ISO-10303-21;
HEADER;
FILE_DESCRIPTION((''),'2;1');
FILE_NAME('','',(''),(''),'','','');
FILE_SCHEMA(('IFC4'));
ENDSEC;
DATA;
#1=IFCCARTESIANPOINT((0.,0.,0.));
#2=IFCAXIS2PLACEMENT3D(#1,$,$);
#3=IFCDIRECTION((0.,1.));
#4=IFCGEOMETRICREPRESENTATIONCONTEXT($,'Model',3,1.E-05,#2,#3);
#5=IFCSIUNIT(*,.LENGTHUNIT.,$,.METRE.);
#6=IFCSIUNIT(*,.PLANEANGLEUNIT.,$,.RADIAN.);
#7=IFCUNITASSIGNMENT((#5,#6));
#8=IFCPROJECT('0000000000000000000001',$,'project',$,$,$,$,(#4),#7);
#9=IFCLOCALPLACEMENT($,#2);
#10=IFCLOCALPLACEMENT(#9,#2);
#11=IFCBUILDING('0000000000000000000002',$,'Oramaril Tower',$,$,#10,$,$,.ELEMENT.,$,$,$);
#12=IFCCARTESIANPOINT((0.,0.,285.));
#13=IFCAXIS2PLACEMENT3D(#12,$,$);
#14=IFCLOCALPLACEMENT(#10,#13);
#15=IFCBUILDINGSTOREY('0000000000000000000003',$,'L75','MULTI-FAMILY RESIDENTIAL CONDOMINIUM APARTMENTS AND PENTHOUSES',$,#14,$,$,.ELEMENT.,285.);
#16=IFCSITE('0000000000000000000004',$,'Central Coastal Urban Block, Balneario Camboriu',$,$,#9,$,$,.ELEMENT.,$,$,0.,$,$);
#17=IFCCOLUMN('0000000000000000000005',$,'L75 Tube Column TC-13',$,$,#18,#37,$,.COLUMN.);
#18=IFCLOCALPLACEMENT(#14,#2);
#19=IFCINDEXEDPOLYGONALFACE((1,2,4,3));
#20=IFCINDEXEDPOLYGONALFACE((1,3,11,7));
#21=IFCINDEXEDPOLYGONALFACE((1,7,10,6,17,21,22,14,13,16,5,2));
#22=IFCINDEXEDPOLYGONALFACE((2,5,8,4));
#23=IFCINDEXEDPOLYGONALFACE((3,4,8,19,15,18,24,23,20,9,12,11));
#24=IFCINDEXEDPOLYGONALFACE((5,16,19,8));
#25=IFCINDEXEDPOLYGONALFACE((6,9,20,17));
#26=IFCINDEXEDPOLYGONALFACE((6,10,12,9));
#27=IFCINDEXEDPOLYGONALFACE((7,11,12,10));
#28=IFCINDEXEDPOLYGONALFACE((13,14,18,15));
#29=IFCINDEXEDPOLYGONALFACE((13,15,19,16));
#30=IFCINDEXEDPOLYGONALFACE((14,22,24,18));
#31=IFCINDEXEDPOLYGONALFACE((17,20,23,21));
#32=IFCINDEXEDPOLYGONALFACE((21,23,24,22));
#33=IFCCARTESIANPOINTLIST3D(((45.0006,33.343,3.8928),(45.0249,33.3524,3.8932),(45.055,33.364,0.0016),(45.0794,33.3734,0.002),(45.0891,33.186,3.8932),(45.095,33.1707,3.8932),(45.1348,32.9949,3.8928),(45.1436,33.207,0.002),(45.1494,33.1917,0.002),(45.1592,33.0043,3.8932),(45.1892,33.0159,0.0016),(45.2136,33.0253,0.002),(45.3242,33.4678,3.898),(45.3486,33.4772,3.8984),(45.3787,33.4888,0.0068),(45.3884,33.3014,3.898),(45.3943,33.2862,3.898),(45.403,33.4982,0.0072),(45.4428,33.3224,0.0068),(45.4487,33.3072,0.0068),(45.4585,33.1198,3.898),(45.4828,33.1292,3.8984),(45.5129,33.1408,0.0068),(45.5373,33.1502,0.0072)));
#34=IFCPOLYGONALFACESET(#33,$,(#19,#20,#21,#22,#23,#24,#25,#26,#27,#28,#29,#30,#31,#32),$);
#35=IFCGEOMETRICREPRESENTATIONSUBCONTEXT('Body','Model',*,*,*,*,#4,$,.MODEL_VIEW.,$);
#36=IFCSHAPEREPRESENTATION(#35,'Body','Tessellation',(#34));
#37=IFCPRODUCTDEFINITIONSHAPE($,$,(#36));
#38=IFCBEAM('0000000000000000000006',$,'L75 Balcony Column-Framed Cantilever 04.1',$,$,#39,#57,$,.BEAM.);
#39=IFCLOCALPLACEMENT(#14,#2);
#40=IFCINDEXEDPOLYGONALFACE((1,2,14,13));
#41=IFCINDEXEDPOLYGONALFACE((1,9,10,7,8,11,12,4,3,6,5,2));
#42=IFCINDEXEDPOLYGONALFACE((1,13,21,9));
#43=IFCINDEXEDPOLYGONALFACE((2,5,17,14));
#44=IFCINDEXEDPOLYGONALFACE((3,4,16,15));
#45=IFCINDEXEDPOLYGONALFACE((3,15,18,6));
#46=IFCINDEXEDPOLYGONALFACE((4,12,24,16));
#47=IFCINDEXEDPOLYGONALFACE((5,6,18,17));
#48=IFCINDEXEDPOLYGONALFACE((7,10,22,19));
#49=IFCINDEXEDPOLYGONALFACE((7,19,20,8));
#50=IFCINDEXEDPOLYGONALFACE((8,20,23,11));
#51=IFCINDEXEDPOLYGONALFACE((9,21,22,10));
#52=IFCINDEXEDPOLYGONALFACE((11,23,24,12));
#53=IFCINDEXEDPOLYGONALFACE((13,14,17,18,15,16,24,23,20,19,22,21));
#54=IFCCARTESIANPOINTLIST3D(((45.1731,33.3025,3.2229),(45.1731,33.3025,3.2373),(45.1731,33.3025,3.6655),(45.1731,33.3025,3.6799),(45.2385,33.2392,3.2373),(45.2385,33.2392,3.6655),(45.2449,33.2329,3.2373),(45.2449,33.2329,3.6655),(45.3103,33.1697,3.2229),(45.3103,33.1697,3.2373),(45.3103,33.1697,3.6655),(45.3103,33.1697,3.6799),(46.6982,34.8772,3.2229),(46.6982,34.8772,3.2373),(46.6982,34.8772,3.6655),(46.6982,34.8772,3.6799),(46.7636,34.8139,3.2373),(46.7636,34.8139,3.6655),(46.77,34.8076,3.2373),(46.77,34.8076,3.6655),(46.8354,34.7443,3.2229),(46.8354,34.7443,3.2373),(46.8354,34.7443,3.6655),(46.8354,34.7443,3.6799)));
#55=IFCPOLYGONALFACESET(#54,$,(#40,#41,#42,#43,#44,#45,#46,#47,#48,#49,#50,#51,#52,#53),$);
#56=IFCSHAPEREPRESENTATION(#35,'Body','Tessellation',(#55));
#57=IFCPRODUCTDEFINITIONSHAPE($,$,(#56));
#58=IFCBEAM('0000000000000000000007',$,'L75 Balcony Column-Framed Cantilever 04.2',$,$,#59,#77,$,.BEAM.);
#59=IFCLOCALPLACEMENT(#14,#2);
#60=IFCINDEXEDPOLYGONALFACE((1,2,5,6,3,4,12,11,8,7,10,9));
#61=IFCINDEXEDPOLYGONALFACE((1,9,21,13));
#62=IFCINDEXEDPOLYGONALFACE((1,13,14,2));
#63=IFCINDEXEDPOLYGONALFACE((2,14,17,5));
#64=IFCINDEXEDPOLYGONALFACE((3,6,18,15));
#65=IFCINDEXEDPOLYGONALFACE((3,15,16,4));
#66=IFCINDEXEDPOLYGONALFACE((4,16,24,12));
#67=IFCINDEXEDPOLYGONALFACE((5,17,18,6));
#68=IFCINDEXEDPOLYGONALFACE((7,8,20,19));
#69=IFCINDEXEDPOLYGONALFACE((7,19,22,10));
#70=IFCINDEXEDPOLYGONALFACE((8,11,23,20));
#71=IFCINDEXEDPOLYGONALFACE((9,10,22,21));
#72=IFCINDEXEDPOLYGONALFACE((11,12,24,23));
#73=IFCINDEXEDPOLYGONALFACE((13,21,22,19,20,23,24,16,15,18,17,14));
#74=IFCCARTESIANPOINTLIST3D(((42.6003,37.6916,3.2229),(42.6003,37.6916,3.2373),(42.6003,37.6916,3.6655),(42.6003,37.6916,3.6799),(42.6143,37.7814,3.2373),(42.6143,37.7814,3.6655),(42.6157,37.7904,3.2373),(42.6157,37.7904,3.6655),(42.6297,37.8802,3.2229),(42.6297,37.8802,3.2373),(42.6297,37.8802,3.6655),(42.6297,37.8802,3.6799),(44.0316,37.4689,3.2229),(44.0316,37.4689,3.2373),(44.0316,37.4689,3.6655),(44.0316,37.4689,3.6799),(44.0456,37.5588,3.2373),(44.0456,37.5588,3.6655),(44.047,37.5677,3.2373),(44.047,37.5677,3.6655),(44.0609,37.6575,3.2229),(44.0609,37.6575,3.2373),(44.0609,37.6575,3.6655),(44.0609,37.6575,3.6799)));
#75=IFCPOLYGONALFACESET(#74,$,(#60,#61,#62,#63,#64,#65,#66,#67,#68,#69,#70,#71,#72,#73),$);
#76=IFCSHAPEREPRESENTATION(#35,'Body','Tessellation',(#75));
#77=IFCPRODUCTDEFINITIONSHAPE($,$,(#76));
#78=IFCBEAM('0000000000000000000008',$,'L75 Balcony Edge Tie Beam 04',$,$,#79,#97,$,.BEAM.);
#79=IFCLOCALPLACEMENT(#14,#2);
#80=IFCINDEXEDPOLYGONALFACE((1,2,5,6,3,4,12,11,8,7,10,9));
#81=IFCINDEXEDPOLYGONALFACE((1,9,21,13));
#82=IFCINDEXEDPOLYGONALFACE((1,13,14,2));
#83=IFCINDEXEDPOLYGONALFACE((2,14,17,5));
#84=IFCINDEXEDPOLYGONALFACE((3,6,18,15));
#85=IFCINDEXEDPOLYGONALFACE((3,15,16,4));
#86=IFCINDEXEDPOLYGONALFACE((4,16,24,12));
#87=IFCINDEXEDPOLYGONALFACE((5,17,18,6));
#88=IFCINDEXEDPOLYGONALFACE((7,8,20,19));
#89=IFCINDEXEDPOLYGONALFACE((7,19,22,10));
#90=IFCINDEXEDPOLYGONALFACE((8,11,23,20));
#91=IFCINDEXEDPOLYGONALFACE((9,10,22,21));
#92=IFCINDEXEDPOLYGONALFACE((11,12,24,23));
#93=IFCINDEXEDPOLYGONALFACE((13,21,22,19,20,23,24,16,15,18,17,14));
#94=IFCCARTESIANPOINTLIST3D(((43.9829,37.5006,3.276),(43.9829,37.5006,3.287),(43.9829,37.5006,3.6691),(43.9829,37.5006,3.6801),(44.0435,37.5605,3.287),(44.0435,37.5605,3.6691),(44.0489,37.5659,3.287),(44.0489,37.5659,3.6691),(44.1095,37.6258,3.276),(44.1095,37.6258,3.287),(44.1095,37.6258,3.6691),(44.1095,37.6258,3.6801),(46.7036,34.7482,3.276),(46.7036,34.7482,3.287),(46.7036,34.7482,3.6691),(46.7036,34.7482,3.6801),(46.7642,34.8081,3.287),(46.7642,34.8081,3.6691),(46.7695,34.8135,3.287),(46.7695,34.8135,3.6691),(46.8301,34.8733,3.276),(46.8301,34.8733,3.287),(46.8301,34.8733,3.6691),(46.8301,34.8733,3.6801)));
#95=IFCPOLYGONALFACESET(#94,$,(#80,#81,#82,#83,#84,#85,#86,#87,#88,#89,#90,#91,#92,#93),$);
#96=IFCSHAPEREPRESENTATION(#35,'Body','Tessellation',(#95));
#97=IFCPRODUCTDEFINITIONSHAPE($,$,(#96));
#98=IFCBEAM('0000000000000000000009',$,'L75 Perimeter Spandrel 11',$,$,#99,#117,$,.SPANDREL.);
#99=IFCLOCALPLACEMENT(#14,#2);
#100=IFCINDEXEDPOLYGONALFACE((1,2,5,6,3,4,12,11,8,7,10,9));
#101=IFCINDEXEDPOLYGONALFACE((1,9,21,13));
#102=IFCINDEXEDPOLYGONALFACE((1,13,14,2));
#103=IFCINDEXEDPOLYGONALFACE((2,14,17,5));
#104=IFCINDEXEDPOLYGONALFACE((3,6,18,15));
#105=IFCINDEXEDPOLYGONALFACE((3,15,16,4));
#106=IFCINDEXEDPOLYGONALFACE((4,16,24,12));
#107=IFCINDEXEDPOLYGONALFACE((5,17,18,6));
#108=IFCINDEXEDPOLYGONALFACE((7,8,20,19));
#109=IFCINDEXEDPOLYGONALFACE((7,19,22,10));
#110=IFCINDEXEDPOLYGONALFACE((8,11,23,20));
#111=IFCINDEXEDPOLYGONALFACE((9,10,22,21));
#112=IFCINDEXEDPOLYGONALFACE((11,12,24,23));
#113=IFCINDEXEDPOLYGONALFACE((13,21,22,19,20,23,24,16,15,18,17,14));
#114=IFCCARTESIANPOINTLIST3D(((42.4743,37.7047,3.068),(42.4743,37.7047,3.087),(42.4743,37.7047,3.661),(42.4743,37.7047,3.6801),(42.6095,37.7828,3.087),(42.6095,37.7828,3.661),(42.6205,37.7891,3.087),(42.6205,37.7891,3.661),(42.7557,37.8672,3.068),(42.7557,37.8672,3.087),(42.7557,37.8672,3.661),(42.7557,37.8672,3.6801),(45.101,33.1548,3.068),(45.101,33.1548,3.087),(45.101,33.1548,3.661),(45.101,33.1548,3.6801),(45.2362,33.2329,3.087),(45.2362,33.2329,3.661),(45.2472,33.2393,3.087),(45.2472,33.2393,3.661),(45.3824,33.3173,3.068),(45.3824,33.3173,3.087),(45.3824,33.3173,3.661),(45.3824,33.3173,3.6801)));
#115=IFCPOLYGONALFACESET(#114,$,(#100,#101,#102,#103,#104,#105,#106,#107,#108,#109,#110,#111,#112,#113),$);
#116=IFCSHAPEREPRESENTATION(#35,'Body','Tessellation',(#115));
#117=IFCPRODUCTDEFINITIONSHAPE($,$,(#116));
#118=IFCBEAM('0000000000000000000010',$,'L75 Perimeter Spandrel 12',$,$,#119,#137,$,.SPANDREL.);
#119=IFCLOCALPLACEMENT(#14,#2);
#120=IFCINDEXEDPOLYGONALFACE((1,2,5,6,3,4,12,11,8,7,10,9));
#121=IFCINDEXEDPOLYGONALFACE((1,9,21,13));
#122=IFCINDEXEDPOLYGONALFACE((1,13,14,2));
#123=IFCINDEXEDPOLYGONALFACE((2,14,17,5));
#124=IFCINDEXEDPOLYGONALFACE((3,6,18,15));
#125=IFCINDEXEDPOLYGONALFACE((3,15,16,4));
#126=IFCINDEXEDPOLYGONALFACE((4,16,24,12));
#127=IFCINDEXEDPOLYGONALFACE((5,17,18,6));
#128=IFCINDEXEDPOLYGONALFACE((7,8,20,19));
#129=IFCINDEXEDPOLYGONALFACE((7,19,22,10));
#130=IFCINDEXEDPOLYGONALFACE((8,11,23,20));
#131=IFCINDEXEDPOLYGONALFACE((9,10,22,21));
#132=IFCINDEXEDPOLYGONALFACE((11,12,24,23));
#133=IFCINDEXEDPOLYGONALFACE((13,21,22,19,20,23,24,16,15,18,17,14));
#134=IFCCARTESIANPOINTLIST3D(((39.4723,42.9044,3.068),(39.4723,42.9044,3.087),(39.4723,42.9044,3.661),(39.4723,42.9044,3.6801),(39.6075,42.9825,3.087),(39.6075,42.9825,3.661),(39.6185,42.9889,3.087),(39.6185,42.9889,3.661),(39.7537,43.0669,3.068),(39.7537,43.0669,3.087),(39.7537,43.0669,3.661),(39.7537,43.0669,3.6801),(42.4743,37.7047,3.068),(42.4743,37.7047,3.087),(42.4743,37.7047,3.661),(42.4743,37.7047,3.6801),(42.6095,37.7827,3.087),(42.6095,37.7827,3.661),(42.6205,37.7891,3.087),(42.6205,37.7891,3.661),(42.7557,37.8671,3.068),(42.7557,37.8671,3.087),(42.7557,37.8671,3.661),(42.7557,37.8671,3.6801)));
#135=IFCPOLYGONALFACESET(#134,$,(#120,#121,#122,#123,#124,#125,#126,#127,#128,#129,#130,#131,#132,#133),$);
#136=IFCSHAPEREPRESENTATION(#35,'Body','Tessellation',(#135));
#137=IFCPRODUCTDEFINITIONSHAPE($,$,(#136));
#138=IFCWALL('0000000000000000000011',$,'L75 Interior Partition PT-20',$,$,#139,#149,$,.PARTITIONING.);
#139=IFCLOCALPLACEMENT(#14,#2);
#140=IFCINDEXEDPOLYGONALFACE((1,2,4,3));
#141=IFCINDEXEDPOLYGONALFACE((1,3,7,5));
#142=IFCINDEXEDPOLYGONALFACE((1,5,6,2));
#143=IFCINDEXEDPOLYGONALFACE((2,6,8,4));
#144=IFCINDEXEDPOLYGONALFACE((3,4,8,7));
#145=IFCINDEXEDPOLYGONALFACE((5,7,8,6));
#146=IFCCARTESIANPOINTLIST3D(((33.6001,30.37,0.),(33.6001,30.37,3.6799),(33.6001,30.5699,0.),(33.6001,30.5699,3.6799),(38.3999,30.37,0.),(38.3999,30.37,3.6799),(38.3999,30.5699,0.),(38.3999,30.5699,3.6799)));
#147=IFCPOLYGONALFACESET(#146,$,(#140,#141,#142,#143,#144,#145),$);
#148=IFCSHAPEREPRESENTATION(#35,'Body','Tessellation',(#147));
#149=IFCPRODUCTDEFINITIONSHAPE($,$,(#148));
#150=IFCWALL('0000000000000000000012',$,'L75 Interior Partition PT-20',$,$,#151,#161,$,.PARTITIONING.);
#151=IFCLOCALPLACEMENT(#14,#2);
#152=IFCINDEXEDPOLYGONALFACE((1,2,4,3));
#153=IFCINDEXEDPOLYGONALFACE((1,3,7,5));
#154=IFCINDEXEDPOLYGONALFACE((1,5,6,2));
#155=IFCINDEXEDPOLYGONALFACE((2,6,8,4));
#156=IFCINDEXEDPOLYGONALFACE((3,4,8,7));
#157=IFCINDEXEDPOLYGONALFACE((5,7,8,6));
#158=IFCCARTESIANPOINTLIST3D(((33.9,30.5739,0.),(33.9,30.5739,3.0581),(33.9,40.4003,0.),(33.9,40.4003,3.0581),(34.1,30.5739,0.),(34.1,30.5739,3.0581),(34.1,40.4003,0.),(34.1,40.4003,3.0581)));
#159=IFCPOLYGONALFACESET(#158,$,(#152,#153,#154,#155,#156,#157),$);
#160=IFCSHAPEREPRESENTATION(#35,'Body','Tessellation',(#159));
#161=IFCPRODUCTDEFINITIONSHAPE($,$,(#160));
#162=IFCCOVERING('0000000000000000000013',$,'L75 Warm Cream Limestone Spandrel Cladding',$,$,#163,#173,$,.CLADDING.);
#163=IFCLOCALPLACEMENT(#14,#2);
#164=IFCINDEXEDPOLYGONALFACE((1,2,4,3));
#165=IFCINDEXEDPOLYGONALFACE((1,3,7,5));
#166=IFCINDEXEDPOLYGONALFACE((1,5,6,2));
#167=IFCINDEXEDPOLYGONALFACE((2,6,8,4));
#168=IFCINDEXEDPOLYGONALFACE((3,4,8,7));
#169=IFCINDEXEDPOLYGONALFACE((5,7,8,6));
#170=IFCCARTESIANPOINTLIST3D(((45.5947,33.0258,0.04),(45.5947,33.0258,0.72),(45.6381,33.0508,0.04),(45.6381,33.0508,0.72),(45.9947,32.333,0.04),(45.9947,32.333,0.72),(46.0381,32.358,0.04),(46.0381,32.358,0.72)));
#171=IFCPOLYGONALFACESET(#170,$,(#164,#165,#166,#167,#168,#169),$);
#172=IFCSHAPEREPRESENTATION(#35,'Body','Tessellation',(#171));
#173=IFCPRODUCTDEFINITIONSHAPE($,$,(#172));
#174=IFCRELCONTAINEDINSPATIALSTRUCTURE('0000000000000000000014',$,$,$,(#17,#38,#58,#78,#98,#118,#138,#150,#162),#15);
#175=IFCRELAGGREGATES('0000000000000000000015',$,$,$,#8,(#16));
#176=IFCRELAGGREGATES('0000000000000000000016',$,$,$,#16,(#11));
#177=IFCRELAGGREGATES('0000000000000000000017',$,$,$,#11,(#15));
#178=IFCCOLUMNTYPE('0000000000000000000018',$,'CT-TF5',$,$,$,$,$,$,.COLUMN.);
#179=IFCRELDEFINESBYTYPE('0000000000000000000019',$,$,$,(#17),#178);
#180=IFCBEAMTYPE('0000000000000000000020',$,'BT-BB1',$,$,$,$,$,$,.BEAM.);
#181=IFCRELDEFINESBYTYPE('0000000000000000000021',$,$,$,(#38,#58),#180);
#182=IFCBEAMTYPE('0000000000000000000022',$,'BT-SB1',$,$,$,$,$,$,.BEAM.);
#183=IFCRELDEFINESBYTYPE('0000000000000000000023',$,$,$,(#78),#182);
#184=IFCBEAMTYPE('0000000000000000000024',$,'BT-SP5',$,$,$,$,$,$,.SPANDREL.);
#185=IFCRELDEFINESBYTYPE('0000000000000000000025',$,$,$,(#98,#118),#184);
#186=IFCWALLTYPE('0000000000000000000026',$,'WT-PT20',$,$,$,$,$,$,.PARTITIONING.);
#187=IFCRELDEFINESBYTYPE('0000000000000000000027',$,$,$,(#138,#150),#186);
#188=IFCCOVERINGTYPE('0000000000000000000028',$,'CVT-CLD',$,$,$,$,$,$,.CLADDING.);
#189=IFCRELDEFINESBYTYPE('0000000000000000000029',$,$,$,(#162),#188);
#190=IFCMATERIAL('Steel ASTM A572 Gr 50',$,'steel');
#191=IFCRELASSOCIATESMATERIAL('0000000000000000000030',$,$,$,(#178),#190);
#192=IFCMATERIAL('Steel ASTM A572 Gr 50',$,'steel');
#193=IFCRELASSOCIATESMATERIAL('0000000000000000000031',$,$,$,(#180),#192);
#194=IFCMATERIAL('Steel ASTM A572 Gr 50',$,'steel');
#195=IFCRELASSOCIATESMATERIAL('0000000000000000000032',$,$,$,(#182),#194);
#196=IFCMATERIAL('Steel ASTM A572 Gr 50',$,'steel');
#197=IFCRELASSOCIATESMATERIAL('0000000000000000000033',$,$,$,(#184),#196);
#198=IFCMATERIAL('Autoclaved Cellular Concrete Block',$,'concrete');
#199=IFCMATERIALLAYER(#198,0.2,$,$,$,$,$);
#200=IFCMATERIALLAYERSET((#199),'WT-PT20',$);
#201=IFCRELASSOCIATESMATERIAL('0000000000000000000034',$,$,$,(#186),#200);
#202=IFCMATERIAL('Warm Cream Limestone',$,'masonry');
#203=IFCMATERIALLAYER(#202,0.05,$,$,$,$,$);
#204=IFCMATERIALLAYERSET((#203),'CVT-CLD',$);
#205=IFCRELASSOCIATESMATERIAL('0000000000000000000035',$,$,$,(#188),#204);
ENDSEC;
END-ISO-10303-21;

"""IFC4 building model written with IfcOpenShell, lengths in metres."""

from ifc_helpers import new_model, si_unit, direction, frame, frame_2d, origin, origin_2d, place, context, subcontext, project, spatial, rectangle, i_section, extrude, material, layer, layer_set, material_profile, profile_set, type_object, element, save


model = new_model("IFC4")

# Units and contexts
model_context = context("Model", 3, precision=1e-05, world=origin(), true_north=direction((0.0, 1.0)))
body_context = subcontext(model_context, "Body", "Model", "MODEL_VIEW")
ifc_project = project(units=[si_unit("LENGTHUNIT", "METRE"), si_unit("PLANEANGLEUNIT", "RADIAN")], contexts=[model_context])

# Site, building, storey
site_placement = place(None, origin())
site = spatial("IfcSite", under=ifc_project, at=site_placement, Name="Central Coastal Urban Block, Balneario Camboriu", CompositionType="ELEMENT", RefElevation=0.0)
building_placement = place(site_placement, origin())
building = spatial("IfcBuilding", under=site, at=building_placement, Name="Oramaril Tower", CompositionType="ELEMENT")
storey_placement = place(building_placement, frame((0.0, 0.0, 285.0)))
storey = spatial("IfcBuildingStorey", under=building, at=storey_placement, Name="L75", Description="MULTI-FAMILY RESIDENTIAL CONDOMINIUM APARTMENTS AND PENTHOUSES", CompositionType="ELEMENT", Elevation=285.0)

# Column
ifc_material_1 = material(Name="Steel ASTM A572 Gr 50", Category="steel")
ifc_material_profile_1 = material_profile(ifc_material_1, i_section(OverallWidth=0.373, OverallDepth=0.373, WebThickness=0.0164, FlangeThickness=0.0261, at=origin_2d()), Name="W14X132")
ifc_profile_set_1 = profile_set([ifc_material_profile_1], Name="Steel ASTM A572 Gr 50")
column_type = type_object("IfcColumnType", Name="CT-TF5", PredefinedType="COLUMN", material=ifc_profile_set_1)
column_placement = place(storey_placement, frame((45.2961, 33.2571, 0.0044), z_axis=(-0.01399, -0.005395, 0.999888), x_axis=(0.35982, -0.933022, 0.0)))
element("IfcColumn", 1, at=column_placement, inside=storey, type_object=column_type, Name="L75 Tube Column TC-13", PredefinedType="COLUMN", context=body_context, shape_type="SweptSolid", body=[
    extrude(i_section(OverallWidth=0.373, OverallDepth=0.373, WebThickness=0.0164, FlangeThickness=0.0261, at=origin_2d()), origin(), (0.0, 0.0, 1.0), 3.8916),
])

# Beams
ifc_material_2 = material(Name="Steel ASTM A572 Gr 50", Category="steel")
ifc_material_profile_2 = material_profile(ifc_material_2, i_section(OverallWidth=0.1909, OverallDepth=0.457, WebThickness=0.009, FlangeThickness=0.0144, at=origin_2d()), Name="W18X50")
ifc_profile_set_2 = profile_set([ifc_material_profile_2], Name="Steel ASTM A572 Gr 50")
beam_type_1 = type_object("IfcBeamType", Name="BT-BB1", PredefinedType="BEAM", material=ifc_profile_set_2)
beam_1_placement = place(storey_placement, frame((45.2417, 33.2361, 3.4514), z_axis=(0.695713, 0.71832, 0.0), x_axis=(-0.71832, 0.695713, 0.0)))
element("IfcBeam", 2, at=beam_1_placement, inside=storey, type_object=beam_type_1, Name="L75 Balcony Column-Framed Cantilever 04.1", PredefinedType="BEAM", context=body_context, shape_type="SweptSolid", body=[
    extrude(i_section(OverallWidth=0.1909, OverallDepth=0.457, WebThickness=0.009, FlangeThickness=0.0144, at=origin_2d()), origin(), (0.0, 0.0, 1.0), 2.1921),
])
beam_2_placement = place(storey_placement, frame((42.615, 37.7859, 3.4514), z_axis=(0.988113, -0.153729, 0.0), x_axis=(0.153729, 0.988113, 0.0)))
element("IfcBeam", 3, at=beam_2_placement, inside=storey, type_object=beam_type_1, Name="L75 Balcony Column-Framed Cantilever 04.2", PredefinedType="BEAM", context=body_context, shape_type="SweptSolid", body=[
    extrude(i_section(OverallWidth=0.1909, OverallDepth=0.457, WebThickness=0.009, FlangeThickness=0.0144, at=origin_2d()), origin(), (0.0, 0.0, 1.0), 1.4485),
])
ifc_material_3 = material(Name="Steel ASTM A572 Gr 50", Category="steel")
ifc_material_profile_3 = material_profile(ifc_material_3, i_section(OverallWidth=0.178, OverallDepth=0.4041, WebThickness=0.0076, FlangeThickness=0.011, at=origin_2d()), Name="W16X36")
ifc_profile_set_3 = profile_set([ifc_material_profile_3], Name="Steel ASTM A572 Gr 50")
beam_type_2 = type_object("IfcBeamType", Name="BT-SB1", PredefinedType="BEAM", material=ifc_profile_set_3)
beam_3_placement = place(storey_placement, frame((46.7668, 34.8108, 3.478), z_axis=(-0.702995, 0.711195, 0.0), x_axis=(-0.711195, -0.702995, 0.0)))
element("IfcBeam", 4, at=beam_3_placement, inside=storey, type_object=beam_type_2, Name="L75 Balcony Edge Tie Beam 04", PredefinedType="BEAM", context=body_context, shape_type="SweptSolid", body=[
    extrude(i_section(OverallWidth=0.178, OverallDepth=0.4041, WebThickness=0.0076, FlangeThickness=0.011, at=origin_2d()), origin(), (0.0, 0.0, 1.0), 3.8701),
])
ifc_material_4 = material(Name="Steel ASTM A572 Gr 50", Category="steel")
ifc_material_profile_4 = material_profile(ifc_material_4, i_section(OverallWidth=0.325, OverallDepth=0.6121, WebThickness=0.0127, FlangeThickness=0.019, at=origin_2d()), Name="W24X104")
ifc_profile_set_4 = profile_set([ifc_material_profile_4], Name="Steel ASTM A572 Gr 50")
beam_type_3 = type_object("IfcBeamType", Name="BT-SP5", PredefinedType="SPANDREL", material=ifc_profile_set_4)
beam_4_placement = place(storey_placement, frame((45.2417, 33.2361, 3.374), z_axis=(-0.499983, 0.866035, 0.0), x_axis=(-0.866035, -0.499983, 0.0)))
element("IfcBeam", 5, at=beam_4_placement, inside=storey, type_object=beam_type_3, Name="L75 Perimeter Spandrel 11", PredefinedType="SPANDREL", context=body_context, shape_type="SweptSolid", body=[
    extrude(i_section(OverallWidth=0.325, OverallDepth=0.6121, WebThickness=0.0127, FlangeThickness=0.019, at=origin_2d()), origin(), (0.0, 0.0, 1.0), 5.2537),
])
beam_5_placement = place(storey_placement, frame((42.615, 37.7859, 3.374), z_axis=(-0.499988, 0.866033, 0.0), x_axis=(-0.866033, -0.499988, 0.0)))
element("IfcBeam", 6, at=beam_5_placement, inside=storey, type_object=beam_type_3, Name="L75 Perimeter Spandrel 12", PredefinedType="SPANDREL", context=body_context, shape_type="SweptSolid", body=[
    extrude(i_section(OverallWidth=0.325, OverallDepth=0.6121, WebThickness=0.0127, FlangeThickness=0.019, at=origin_2d()), origin(), (0.0, 0.0, 1.0), 6.0042),
])

# Walls
ifc_material_5 = material(Name="Autoclaved Cellular Concrete Block", Category="concrete")
ifc_layer_1 = layer(ifc_material_5, 0.2)
ifc_layer_set_1 = layer_set([ifc_layer_1], Name="WT-PT20")
wall_type = type_object("IfcWallType", Name="WT-PT20", PredefinedType="PARTITIONING", material=ifc_layer_set_1)
wall_1_placement = place(storey_placement, frame((33.6001, 30.47, 0.0), z_axis=(0.0, 0.0, 1.0), x_axis=(1.0, 0.0, 0.0)))
element("IfcWall", 7, at=wall_1_placement, inside=storey, type_object=wall_type, Name="L75 Interior Partition PT-20", PredefinedType="PARTITIONING", context=body_context, shape_type="SweptSolid", body=[
    extrude(rectangle(XDim=4.7998, YDim=0.2, at=frame_2d((2.3999, 0.0))), origin(), (0.0, 0.0, 1.0), 3.6799),
])
wall_2_placement = place(storey_placement, frame((34.0, 30.574, 0.0), z_axis=(0.0, 0.0, 1.0), x_axis=(0.0, 1.0, 0.0)))
element("IfcWall", 8, at=wall_2_placement, inside=storey, type_object=wall_type, Name="L75 Interior Partition PT-20", PredefinedType="PARTITIONING", context=body_context, shape_type="SweptSolid", body=[
    extrude(rectangle(XDim=9.8264, YDim=0.2, at=frame_2d((4.9131, 0.0))), origin(), (0.0, 0.0, 1.0), 3.0581),
])

# Covering
ifc_material_6 = material(Name="Warm Cream Limestone", Category="masonry")
ifc_layer_2 = layer(ifc_material_6, 0.05)
ifc_layer_set_2 = layer_set([ifc_layer_2], Name="CVT-CLD")
covering_type = type_object("IfcCoveringType", Name="CVT-CLD", PredefinedType="CLADDING", material=ifc_layer_set_2)
covering_placement = place(storey_placement, frame((45.8164, 32.6919, 0.04), z_axis=(0.0, 0.0, 1.0), x_axis=(-0.5, 0.866025, 0.0)))
element("IfcCovering", 9, at=covering_placement, inside=storey, type_object=covering_type, Name="L75 Warm Cream Limestone Spandrel Cladding", PredefinedType="CLADDING", context=body_context, shape_type="SweptSolid", body=[
    extrude(rectangle(XDim=0.8, YDim=0.05, at=origin_2d()), origin(), (0.0, 0.0, 1.0), 0.6799),
])

save(model, "model.ifc")
